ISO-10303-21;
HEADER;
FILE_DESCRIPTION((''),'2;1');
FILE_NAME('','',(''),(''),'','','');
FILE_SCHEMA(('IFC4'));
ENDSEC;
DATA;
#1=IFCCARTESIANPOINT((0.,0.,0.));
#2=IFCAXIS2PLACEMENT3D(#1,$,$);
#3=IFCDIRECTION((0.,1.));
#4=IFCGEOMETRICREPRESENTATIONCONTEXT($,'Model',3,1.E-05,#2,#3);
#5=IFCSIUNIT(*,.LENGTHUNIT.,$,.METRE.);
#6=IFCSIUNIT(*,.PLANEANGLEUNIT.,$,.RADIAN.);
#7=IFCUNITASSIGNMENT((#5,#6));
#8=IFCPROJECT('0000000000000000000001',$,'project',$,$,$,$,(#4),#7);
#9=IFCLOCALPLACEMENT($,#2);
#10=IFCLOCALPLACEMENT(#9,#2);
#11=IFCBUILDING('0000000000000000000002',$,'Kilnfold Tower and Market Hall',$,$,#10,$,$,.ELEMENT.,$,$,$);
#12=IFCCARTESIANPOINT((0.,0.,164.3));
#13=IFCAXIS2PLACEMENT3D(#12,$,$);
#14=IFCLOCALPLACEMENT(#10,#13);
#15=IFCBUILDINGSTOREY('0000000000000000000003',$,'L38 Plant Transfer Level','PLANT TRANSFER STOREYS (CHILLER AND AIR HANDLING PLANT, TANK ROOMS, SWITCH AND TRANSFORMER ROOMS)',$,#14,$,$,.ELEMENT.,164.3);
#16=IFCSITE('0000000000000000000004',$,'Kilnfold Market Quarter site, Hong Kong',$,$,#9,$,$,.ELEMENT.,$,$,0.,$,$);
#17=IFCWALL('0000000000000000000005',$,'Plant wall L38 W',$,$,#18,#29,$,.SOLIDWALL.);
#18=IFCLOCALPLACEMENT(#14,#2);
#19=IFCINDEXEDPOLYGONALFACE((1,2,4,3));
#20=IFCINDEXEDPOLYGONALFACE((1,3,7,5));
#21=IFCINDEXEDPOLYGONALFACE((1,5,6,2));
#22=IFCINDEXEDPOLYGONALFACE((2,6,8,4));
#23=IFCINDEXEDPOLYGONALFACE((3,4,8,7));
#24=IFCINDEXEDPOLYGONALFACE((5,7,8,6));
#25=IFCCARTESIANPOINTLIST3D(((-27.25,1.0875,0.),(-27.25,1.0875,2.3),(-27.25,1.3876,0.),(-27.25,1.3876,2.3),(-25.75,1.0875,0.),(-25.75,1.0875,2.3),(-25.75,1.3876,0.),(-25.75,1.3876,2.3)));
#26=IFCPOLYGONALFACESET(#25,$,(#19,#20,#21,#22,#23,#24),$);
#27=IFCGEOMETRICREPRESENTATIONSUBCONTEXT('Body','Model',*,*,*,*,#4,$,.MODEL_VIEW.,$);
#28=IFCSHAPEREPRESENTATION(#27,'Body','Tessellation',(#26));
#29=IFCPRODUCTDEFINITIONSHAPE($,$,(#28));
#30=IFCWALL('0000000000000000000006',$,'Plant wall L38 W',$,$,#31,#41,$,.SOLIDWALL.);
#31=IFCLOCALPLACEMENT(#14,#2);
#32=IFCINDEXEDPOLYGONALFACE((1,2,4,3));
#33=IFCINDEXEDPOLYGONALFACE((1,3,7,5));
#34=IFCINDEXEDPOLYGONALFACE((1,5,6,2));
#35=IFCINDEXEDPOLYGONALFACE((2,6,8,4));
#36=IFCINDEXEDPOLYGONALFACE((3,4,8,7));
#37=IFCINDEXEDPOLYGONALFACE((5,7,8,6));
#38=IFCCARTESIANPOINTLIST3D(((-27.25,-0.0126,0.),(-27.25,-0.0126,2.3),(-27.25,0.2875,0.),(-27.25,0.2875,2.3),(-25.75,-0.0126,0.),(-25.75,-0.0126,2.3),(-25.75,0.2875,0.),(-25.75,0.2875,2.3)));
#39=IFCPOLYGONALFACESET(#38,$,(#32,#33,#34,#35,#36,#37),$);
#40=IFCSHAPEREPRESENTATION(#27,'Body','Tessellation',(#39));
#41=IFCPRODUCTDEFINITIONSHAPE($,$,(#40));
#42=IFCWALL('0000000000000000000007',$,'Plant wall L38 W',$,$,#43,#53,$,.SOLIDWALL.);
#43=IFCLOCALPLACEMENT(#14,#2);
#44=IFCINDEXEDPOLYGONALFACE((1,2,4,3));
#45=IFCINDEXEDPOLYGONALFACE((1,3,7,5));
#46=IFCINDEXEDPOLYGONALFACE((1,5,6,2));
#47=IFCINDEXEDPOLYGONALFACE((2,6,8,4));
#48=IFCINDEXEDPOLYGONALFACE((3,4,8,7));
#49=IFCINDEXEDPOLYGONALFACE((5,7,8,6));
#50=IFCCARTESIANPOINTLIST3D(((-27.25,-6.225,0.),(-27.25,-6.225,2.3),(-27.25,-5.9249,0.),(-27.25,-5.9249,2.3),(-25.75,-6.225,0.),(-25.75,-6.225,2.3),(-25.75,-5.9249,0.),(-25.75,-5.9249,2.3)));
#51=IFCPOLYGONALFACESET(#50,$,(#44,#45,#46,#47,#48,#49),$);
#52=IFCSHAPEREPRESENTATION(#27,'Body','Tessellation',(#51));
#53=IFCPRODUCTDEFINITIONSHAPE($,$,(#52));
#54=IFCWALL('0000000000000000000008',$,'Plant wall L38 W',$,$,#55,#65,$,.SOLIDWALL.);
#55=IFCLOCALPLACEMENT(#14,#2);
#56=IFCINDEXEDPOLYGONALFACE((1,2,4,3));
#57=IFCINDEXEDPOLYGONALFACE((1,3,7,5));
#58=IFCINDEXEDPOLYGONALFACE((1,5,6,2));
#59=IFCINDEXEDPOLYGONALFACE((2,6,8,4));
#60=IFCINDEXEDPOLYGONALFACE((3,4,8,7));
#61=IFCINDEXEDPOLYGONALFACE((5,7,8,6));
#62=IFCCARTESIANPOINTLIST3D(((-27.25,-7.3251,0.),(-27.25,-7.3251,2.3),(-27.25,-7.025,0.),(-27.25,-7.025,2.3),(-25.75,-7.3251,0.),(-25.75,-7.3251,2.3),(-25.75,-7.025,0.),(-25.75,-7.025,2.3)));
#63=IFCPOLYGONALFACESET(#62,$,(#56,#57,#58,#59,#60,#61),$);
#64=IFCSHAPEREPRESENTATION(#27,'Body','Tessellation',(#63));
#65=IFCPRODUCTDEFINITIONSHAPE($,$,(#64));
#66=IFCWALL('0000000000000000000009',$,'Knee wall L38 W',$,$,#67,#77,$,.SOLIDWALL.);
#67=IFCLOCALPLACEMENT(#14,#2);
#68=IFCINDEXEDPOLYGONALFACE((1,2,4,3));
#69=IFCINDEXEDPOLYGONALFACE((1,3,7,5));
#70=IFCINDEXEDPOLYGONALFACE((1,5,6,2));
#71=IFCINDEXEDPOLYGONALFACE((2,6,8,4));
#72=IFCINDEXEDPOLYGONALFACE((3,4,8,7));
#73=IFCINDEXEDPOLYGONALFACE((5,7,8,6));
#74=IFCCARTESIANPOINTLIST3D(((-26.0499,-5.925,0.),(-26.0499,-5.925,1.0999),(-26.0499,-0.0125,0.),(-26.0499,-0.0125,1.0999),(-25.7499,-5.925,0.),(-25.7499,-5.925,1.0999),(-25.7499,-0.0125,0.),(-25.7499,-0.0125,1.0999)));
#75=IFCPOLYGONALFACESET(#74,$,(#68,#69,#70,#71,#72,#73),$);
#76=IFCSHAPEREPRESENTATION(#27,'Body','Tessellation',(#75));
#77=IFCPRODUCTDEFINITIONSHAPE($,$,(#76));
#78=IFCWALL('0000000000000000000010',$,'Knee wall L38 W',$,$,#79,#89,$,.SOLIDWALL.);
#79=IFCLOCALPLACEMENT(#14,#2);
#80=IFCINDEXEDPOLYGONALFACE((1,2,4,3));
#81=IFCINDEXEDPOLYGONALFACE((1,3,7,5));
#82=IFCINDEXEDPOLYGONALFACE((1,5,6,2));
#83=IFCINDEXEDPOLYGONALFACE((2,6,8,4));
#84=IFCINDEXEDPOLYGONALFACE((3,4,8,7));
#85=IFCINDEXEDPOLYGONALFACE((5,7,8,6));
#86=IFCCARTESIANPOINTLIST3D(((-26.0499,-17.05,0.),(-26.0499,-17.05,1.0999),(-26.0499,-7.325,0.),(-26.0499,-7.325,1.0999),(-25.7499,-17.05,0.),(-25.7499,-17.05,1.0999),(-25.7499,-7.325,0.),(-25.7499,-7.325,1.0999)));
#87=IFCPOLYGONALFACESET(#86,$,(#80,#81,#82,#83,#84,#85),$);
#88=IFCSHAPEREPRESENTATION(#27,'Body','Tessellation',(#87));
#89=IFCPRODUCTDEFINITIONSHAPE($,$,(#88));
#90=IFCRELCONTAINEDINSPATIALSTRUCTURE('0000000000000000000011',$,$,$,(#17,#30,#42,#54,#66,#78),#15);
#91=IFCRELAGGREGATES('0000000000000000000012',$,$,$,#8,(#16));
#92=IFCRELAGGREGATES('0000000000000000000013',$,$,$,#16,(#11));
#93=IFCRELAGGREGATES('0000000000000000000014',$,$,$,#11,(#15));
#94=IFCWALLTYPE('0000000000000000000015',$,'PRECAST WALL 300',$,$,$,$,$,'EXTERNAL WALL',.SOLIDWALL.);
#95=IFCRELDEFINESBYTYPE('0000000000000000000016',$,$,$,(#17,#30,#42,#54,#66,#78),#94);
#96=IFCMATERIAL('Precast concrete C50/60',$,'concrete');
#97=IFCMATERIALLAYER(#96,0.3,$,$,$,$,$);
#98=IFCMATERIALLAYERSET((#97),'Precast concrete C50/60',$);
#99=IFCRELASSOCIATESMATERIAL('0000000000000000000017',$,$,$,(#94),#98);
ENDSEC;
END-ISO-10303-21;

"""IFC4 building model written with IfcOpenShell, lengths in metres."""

from ifc_helpers import new_model, si_unit, direction, frame, frame_2d, origin, place, context, subcontext, project, spatial, rectangle, extrude, source, transform, mapped, material, layer, layer_set, type_object, element, save


model = new_model("IFC4")

# Units and contexts
model_context = context("Model", 3, precision=1e-05, world=origin(), true_north=direction((0.0, 1.0)))
body_context = subcontext(model_context, "Body", "Model", "MODEL_VIEW")
ifc_project = project(units=[si_unit("LENGTHUNIT", "METRE"), si_unit("PLANEANGLEUNIT", "RADIAN")], contexts=[model_context])

# Site, building, storey
site_placement = place(None, origin())
site = spatial("IfcSite", under=ifc_project, at=site_placement, Name="Kilnfold Market Quarter site, Hong Kong", CompositionType="ELEMENT", RefElevation=0.0)
building_placement = place(site_placement, origin())
building = spatial("IfcBuilding", under=site, at=building_placement, Name="Kilnfold Tower and Market Hall", CompositionType="ELEMENT")
storey_placement = place(building_placement, frame((0.0, 0.0, 164.3)))
storey = spatial("IfcBuildingStorey", under=building, at=storey_placement, Name="L38 Plant Transfer Level", Description="PLANT TRANSFER STOREYS (CHILLER AND AIR HANDLING PLANT, TANK ROOMS, SWITCH AND TRANSFORMER ROOMS)", CompositionType="ELEMENT", Elevation=164.3)

# Walls
ifc_material_1 = material(Name="Precast concrete C50/60", Category="concrete")
ifc_layer_1 = layer(ifc_material_1, 0.3)
ifc_layer_set_1 = layer_set([ifc_layer_1], Name="Precast concrete C50/60")
wall_type_1 = type_object("IfcWallType", Name="PRECAST WALL 300", ElementType="EXTERNAL WALL", PredefinedType="SOLIDWALL", material=ifc_layer_set_1)
shared_shape_1 = source(origin(), body_context, "Body", "SweptSolid", [
    extrude(rectangle(XDim=1.5, YDim=0.3, at=frame_2d((0.75, 0.0))), origin(), (0.0, 0.0, 1.0), 2.3),
])
for number, where, z_axis, x_axis, name in (
    (1, (-27.25, 1.2375, 0.0), (0.0, 0.0, 1.0), (1.0, 0.0, 0.0), "Plant wall L38 W"),
    (2, (-27.25, 0.1375, 0.0), (0.0, 0.0, 1.0), (1.0, 0.0, 0.0), "Plant wall L38 W"),
    (3, (-27.25, -6.075, 0.0), (0.0, 0.0, 1.0), (1.0, 0.0, 0.0), "Plant wall L38 W"),
    (4, (-27.25, -7.175, 0.0), (0.0, 0.0, 1.0), (1.0, 0.0, 0.0), "Plant wall L38 W"),
):
    element("IfcWall", number, at=place(storey_placement, frame(where, z_axis=z_axis, x_axis=x_axis)), inside=storey, type_object=wall_type_1, Name=name, PredefinedType="SOLIDWALL", context=body_context, shape_type="MappedRepresentation", body=[
        mapped(shared_shape_1, transform((0.0, 0.0, 0.0))),
    ])
shared_shape_2 = source(origin(), body_context, "Body", "SweptSolid", [
    extrude(rectangle(XDim=5.9126, YDim=0.3, at=frame_2d((2.9563, 0.0))), origin(), (0.0, 0.0, 1.0), 1.0999),
])
wall_1_placement = place(storey_placement, frame((-25.8999, -0.0125, 0.0), z_axis=(0.0, 0.0, 1.0), x_axis=(0.0, -1.0, 0.0)))
element("IfcWall", 5, at=wall_1_placement, inside=storey, type_object=wall_type_1, Name="Knee wall L38 W", PredefinedType="SOLIDWALL", context=body_context, shape_type="MappedRepresentation", body=[
    mapped(shared_shape_2, transform((0.0, 0.0, 0.0))),
])
shared_shape_3 = source(origin(), body_context, "Body", "SweptSolid", [
    extrude(rectangle(XDim=9.7251, YDim=0.3, at=frame_2d((4.8625, 0.0))), origin(), (0.0, 0.0, 1.0), 1.0999),
])
wall_2_placement = place(storey_placement, frame((-25.8999, -7.325, 0.0), z_axis=(0.0, 0.0, 1.0), x_axis=(0.0, -1.0, 0.0)))
element("IfcWall", 6, at=wall_2_placement, inside=storey, type_object=wall_type_1, Name="Knee wall L38 W", PredefinedType="SOLIDWALL", context=body_context, shape_type="MappedRepresentation", body=[
    mapped(shared_shape_3, transform((0.0, 0.0, 0.0))),
])

save(model, "model.ifc")
